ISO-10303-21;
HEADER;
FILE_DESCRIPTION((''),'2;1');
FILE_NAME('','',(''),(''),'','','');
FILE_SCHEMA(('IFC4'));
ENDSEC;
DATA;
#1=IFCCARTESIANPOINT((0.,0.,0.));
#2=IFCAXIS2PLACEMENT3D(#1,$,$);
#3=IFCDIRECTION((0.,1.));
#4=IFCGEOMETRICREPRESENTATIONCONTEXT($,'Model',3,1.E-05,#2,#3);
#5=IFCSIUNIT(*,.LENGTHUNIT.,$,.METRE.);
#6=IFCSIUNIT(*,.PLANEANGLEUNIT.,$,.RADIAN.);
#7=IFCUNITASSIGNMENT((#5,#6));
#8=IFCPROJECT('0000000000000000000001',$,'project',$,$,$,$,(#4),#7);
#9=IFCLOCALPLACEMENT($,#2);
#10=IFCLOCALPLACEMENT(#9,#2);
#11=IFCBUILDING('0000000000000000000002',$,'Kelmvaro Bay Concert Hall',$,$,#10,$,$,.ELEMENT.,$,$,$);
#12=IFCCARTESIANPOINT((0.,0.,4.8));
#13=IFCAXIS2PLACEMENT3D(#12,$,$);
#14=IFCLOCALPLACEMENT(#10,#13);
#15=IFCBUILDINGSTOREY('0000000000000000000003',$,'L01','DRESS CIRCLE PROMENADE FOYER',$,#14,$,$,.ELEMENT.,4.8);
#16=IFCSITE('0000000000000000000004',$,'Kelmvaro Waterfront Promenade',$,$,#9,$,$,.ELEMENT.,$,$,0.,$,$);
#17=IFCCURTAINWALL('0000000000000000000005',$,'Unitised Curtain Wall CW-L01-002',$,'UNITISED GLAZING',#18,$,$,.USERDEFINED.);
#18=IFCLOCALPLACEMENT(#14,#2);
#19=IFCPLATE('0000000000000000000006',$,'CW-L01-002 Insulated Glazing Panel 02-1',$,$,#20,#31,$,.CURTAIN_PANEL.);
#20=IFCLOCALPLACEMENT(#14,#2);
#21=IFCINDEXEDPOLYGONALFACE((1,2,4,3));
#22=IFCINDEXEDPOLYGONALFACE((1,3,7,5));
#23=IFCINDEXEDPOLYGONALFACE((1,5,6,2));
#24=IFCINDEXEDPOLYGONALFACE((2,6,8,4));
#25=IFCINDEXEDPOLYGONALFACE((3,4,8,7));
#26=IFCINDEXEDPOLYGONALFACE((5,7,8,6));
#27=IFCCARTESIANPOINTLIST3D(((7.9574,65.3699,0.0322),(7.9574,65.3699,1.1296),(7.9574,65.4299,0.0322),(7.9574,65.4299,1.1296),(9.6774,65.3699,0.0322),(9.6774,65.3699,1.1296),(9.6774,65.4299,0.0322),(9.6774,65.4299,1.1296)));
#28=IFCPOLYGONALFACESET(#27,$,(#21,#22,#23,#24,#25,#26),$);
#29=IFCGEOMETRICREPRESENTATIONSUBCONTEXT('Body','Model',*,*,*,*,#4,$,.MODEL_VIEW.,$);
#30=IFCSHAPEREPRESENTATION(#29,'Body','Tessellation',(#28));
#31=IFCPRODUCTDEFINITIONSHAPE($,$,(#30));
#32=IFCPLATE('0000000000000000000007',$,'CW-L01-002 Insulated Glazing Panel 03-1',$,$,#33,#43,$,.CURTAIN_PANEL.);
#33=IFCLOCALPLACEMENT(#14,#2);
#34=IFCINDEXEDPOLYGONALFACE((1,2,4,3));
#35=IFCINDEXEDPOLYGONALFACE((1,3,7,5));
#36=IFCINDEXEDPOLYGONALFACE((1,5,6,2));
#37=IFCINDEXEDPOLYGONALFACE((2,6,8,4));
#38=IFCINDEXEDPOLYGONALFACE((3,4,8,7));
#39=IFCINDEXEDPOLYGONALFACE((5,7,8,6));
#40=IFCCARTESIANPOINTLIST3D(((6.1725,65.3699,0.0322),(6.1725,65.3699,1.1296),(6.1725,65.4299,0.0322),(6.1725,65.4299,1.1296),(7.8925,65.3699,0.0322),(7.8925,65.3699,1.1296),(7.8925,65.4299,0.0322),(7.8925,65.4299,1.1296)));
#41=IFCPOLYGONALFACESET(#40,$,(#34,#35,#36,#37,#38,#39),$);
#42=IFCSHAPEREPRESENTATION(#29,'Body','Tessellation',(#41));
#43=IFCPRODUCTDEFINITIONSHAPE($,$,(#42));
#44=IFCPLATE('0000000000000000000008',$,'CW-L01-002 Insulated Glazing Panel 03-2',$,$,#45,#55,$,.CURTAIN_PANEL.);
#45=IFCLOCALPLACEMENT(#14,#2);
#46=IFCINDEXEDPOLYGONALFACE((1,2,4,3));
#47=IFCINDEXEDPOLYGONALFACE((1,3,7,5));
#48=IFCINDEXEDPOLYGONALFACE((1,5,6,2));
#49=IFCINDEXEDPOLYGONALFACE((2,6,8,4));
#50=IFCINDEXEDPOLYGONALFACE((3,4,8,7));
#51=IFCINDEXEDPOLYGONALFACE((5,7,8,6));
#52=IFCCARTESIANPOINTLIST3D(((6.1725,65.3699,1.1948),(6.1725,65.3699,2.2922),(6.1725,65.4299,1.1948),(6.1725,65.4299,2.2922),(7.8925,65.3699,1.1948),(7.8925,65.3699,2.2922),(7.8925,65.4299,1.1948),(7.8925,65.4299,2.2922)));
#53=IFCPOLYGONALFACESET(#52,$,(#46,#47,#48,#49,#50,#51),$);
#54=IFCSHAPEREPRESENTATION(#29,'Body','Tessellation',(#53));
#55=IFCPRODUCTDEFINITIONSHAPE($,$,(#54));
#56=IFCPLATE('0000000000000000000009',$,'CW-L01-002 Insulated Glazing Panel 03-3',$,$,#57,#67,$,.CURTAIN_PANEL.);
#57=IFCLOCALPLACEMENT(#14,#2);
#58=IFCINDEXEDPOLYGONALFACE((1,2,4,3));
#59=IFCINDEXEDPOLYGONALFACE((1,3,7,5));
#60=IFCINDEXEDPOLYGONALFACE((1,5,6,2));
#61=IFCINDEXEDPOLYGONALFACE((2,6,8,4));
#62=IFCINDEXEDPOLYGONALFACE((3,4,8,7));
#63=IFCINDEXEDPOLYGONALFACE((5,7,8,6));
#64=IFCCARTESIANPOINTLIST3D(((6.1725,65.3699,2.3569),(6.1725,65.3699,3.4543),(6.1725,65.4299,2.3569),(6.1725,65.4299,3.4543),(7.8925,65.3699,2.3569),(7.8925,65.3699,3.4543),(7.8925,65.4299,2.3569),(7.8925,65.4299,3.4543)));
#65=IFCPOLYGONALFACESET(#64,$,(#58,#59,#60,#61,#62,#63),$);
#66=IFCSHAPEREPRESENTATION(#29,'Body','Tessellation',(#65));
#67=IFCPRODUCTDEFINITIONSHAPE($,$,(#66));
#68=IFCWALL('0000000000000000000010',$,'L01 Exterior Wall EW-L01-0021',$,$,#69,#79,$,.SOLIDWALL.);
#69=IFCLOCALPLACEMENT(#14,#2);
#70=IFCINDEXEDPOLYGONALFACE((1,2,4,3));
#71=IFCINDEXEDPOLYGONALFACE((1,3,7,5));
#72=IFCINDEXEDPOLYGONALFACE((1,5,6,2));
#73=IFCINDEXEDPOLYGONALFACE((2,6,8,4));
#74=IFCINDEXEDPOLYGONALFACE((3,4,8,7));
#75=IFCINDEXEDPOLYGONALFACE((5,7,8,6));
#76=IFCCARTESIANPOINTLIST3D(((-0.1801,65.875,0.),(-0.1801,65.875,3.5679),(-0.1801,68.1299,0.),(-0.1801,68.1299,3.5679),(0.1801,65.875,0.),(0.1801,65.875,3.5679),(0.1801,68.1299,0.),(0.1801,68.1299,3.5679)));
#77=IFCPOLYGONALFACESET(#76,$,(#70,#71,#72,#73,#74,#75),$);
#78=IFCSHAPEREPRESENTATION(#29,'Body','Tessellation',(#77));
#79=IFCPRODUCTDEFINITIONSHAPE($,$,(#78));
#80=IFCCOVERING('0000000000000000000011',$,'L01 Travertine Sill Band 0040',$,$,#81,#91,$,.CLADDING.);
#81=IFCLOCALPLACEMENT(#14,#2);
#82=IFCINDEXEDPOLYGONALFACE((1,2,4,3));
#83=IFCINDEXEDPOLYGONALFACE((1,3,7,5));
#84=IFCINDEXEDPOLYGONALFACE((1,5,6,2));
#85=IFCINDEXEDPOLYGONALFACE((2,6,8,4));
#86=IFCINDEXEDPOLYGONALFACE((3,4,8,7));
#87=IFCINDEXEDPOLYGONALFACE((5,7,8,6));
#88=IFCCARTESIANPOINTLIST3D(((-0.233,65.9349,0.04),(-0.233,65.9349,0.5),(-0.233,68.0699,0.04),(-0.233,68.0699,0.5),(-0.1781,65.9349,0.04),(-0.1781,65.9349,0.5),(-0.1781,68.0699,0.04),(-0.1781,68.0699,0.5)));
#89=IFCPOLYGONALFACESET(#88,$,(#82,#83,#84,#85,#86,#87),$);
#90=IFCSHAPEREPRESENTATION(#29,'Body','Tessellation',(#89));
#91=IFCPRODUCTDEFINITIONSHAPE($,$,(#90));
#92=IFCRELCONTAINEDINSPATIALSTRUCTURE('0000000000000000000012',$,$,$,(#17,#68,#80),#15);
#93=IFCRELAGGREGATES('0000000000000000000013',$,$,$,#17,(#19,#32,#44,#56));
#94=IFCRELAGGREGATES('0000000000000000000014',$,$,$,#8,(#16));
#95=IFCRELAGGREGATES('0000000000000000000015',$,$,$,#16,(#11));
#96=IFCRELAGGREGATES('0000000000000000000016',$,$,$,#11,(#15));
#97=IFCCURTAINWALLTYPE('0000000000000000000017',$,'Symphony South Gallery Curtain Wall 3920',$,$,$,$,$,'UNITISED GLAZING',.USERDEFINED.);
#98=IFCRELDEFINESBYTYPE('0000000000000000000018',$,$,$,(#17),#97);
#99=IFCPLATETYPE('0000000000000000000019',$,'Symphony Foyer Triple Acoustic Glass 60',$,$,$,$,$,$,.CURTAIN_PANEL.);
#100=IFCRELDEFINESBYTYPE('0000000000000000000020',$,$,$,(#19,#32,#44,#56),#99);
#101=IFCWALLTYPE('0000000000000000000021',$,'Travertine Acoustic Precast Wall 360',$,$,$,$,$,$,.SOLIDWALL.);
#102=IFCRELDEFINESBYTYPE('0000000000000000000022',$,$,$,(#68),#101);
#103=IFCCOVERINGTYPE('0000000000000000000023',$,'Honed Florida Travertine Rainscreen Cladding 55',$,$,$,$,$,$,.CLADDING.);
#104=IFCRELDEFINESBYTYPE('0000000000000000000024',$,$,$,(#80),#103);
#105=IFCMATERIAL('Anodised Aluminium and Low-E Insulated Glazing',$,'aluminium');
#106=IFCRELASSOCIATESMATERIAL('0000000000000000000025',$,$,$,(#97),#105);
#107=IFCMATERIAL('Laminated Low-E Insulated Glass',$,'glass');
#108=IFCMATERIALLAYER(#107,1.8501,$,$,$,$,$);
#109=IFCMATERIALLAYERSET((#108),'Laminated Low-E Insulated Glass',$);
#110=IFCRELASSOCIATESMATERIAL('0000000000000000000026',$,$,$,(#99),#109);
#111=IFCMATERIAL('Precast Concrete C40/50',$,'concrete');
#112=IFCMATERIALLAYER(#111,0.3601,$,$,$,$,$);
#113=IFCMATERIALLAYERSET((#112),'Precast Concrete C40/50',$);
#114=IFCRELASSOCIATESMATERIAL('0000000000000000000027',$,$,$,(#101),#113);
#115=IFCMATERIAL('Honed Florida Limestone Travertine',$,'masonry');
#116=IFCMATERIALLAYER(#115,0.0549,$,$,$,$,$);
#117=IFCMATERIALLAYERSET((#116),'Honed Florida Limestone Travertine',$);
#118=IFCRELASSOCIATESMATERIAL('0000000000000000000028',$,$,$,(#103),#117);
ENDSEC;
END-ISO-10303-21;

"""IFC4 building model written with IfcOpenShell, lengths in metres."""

from ifc_helpers import new_model, si_unit, direction, frame, frame_2d, origin, origin_2d, place, context, subcontext, project, spatial, rectangle, extrude, material, layer, layer_set, type_object, element, aggregate, save


model = new_model("IFC4")

# Units and contexts
model_context = context("Model", 3, precision=1e-05, world=origin(), true_north=direction((0.0, 1.0)))
body_context = subcontext(model_context, "Body", "Model", "MODEL_VIEW")
ifc_project = project(units=[si_unit("LENGTHUNIT", "METRE"), si_unit("PLANEANGLEUNIT", "RADIAN")], contexts=[model_context])

# Site, building, storey
site_placement = place(None, origin())
site = spatial("IfcSite", under=ifc_project, at=site_placement, Name="Kelmvaro Waterfront Promenade", CompositionType="ELEMENT", RefElevation=0.0)
building_placement = place(site_placement, origin())
building = spatial("IfcBuilding", under=site, at=building_placement, Name="Kelmvaro Bay Concert Hall", CompositionType="ELEMENT")
storey_placement = place(building_placement, frame((0.0, 0.0, 4.8)))
storey = spatial("IfcBuildingStorey", under=building, at=storey_placement, Name="L01", Description="DRESS CIRCLE PROMENADE FOYER", CompositionType="ELEMENT", Elevation=4.8)

# Curtain wall
ifc_material_1 = material(Name="Anodised Aluminium and Low-E Insulated Glazing", Category="aluminium")
curtain_wall_type = type_object("IfcCurtainWallType", Name="Symphony South Gallery Curtain Wall 3920", ElementType="UNITISED GLAZING", PredefinedType="USERDEFINED", material=ifc_material_1)
curtain_wall_1_placement = place(storey_placement, origin())
curtain_wall_1 = element("IfcCurtainWall", 1, at=curtain_wall_1_placement, inside=storey, type_object=curtain_wall_type, Name="Unitised Curtain Wall CW-L01-002", ObjectType="UNITISED GLAZING", PredefinedType="USERDEFINED")

# Plates
ifc_material_2 = material(Name="Laminated Low-E Insulated Glass", Category="glass")
ifc_layer_1 = layer(ifc_material_2, 1.8501)
ifc_layer_set_1 = layer_set([ifc_layer_1], Name="Laminated Low-E Insulated Glass")
plate_type = type_object("IfcPlateType", Name="Symphony Foyer Triple Acoustic Glass 60", PredefinedType="CURTAIN_PANEL", material=ifc_layer_set_1)
plate_1_placement = place(storey_placement, frame((8.8174, 65.3999, 0.0322), z_axis=(0.0, 0.0, 1.0), x_axis=(-1.0, 0.0, 0.0)))
plate_1 = element("IfcPlate", 2, at=plate_1_placement, type_object=plate_type, Name="CW-L01-002 Insulated Glazing Panel 02-1", PredefinedType="CURTAIN_PANEL", context=body_context, shape_type="SweptSolid", body=[
    extrude(rectangle(XDim=1.72, YDim=0.0601, at=origin_2d()), origin(), (0.0, 0.0, 1.0), 1.0974),
])
plate_2_placement = place(storey_placement, frame((7.0325, 65.3999, 0.0322), z_axis=(0.0, 0.0, 1.0), x_axis=(-1.0, 0.0, 0.0)))
plate_2 = element("IfcPlate", 3, at=plate_2_placement, type_object=plate_type, Name="CW-L01-002 Insulated Glazing Panel 03-1", PredefinedType="CURTAIN_PANEL", context=body_context, shape_type="SweptSolid", body=[
    extrude(rectangle(XDim=1.72, YDim=0.0601, at=origin_2d()), origin(), (0.0, 0.0, 1.0), 1.0974),
])
plate_3_placement = place(storey_placement, frame((7.0325, 65.3999, 1.1948), z_axis=(0.0, 0.0, 1.0), x_axis=(-1.0, 0.0, 0.0)))
plate_3 = element("IfcPlate", 4, at=plate_3_placement, type_object=plate_type, Name="CW-L01-002 Insulated Glazing Panel 03-2", PredefinedType="CURTAIN_PANEL", context=body_context, shape_type="SweptSolid", body=[
    extrude(rectangle(XDim=1.72, YDim=0.0601, at=origin_2d()), origin(), (0.0, 0.0, 1.0), 1.0974),
])
plate_4_placement = place(storey_placement, frame((7.0325, 65.3999, 2.3569), z_axis=(0.0, 0.0, 1.0), x_axis=(-1.0, 0.0, 0.0)))
plate_4 = element("IfcPlate", 5, at=plate_4_placement, type_object=plate_type, Name="CW-L01-002 Insulated Glazing Panel 03-3", PredefinedType="CURTAIN_PANEL", context=body_context, shape_type="SweptSolid", body=[
    extrude(rectangle(XDim=1.72, YDim=0.0601, at=origin_2d()), origin(), (0.0, 0.0, 1.0), 1.0974),
])
aggregate(curtain_wall_1, [plate_1, plate_2, plate_3, plate_4])

# Wall
ifc_material_3 = material(Name="Precast Concrete C40/50", Category="concrete")
ifc_layer_2 = layer(ifc_material_3, 0.3601)
ifc_layer_set_2 = layer_set([ifc_layer_2], Name="Precast Concrete C40/50")
wall_type = type_object("IfcWallType", Name="Travertine Acoustic Precast Wall 360", PredefinedType="SOLIDWALL", material=ifc_layer_set_2)
wall_placement = place(storey_placement, frame((0.0, 65.875, 0.0), z_axis=(0.0, 0.0, 1.0), x_axis=(0.0, 1.0, 0.0)))
element("IfcWall", 6, at=wall_placement, inside=storey, type_object=wall_type, Name="L01 Exterior Wall EW-L01-0021", PredefinedType="SOLIDWALL", context=body_context, shape_type="SweptSolid", body=[
    extrude(rectangle(XDim=2.2549, YDim=0.3601, at=frame_2d((1.1274, 0.0))), origin(), (0.0, 0.0, 1.0), 3.5679),
])

# Covering
ifc_material_4 = material(Name="Honed Florida Limestone Travertine", Category="masonry")
ifc_layer_3 = layer(ifc_material_4, 0.0549)
ifc_layer_set_3 = layer_set([ifc_layer_3], Name="Honed Florida Limestone Travertine")
covering_type = type_object("IfcCoveringType", Name="Honed Florida Travertine Rainscreen Cladding 55", PredefinedType="CLADDING", material=ifc_layer_set_3)
covering_placement = place(storey_placement, frame((-0.2056, 67.0024, 0.04), z_axis=(0.0, 0.0, 1.0), x_axis=(0.0, 1.0, 0.0)))
element("IfcCovering", 7, at=covering_placement, inside=storey, type_object=covering_type, Name="L01 Travertine Sill Band 0040", PredefinedType="CLADDING", context=body_context, shape_type="SweptSolid", body=[
    extrude(rectangle(XDim=2.135, YDim=0.0549, at=origin_2d()), origin(), (0.0, 0.0, 1.0), 0.46),
])

save(model, "model.ifc")
